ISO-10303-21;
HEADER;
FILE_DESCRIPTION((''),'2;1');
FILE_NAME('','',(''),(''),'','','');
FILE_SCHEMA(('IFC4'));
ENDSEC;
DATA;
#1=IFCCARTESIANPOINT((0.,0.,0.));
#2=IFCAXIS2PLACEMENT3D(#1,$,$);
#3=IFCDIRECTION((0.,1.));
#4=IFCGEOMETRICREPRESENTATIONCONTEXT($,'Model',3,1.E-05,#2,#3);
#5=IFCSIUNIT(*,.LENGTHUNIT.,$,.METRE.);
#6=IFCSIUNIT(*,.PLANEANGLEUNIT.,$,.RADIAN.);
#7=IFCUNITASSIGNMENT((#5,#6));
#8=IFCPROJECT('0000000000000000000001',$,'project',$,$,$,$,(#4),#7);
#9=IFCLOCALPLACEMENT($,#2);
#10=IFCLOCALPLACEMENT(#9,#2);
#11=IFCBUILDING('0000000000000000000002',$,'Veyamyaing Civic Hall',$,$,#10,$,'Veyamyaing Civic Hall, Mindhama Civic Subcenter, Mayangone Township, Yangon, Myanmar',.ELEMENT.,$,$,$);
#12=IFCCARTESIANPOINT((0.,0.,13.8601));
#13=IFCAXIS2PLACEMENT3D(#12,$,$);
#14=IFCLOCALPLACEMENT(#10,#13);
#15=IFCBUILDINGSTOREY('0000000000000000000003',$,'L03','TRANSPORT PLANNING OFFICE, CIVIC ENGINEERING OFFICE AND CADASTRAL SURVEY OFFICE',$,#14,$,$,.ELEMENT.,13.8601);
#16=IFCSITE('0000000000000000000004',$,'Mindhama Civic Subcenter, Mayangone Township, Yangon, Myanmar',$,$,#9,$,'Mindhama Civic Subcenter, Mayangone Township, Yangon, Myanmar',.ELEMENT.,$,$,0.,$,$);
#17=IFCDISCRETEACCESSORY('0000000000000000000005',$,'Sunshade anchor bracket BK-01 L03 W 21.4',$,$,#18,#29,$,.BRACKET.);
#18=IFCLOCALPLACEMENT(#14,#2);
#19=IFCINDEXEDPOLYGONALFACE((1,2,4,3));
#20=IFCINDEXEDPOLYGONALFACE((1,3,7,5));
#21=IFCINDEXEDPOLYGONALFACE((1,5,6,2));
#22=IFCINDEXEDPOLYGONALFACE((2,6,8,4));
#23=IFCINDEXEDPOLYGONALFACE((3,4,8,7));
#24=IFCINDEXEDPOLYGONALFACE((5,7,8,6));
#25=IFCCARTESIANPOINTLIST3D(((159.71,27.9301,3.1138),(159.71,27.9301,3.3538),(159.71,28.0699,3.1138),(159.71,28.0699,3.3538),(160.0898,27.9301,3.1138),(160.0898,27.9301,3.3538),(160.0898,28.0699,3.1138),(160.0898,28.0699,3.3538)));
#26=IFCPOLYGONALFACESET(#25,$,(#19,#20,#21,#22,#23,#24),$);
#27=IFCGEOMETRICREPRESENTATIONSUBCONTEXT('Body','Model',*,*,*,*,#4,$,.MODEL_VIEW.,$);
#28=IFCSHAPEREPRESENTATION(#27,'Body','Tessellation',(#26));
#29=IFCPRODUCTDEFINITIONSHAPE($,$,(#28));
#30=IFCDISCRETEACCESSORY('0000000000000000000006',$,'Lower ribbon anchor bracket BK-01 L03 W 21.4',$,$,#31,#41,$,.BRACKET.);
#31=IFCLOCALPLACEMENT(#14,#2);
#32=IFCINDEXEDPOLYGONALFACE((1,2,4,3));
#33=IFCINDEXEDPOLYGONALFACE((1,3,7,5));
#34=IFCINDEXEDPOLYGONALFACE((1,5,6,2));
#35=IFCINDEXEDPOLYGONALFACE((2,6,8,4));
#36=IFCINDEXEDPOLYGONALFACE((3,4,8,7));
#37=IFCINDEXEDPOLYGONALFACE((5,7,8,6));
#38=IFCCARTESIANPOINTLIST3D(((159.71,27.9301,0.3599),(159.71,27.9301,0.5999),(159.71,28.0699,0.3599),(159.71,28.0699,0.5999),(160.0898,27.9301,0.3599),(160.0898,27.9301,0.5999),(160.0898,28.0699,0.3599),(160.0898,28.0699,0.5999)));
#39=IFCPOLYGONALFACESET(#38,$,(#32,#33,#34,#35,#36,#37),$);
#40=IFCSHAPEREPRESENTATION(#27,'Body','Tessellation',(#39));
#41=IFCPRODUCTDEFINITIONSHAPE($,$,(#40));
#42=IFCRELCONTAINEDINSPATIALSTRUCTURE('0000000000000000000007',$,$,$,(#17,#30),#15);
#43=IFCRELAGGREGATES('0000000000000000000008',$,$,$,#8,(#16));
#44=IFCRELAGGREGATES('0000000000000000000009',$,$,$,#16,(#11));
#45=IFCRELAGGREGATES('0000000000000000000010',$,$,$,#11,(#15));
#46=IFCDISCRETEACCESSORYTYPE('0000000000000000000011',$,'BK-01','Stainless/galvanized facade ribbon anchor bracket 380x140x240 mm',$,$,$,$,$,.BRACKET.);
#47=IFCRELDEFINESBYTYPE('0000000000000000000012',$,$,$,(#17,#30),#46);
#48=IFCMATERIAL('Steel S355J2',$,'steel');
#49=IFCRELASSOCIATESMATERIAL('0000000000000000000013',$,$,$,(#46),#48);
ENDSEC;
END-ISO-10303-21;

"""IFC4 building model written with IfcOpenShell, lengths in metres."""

from ifc_helpers import new_model, si_unit, direction, frame, origin, origin_2d, place, context, subcontext, project, spatial, rectangle, extrude, material, type_object, element, save


model = new_model("IFC4")

# Units and contexts
model_context = context("Model", 3, precision=1e-05, world=origin(), true_north=direction((0.0, 1.0)))
body_context = subcontext(model_context, "Body", "Model", "MODEL_VIEW")
ifc_project = project(units=[si_unit("LENGTHUNIT", "METRE"), si_unit("PLANEANGLEUNIT", "RADIAN")], contexts=[model_context])

# Site, building, storey
site_placement = place(None, origin())
site = spatial("IfcSite", under=ifc_project, at=site_placement, Name="Mindhama Civic Subcenter, Mayangone Township, Yangon, Myanmar", LongName="Mindhama Civic Subcenter, Mayangone Township, Yangon, Myanmar", CompositionType="ELEMENT", RefElevation=0.0)
building_placement = place(site_placement, origin())
building = spatial("IfcBuilding", under=site, at=building_placement, Name="Veyamyaing Civic Hall", LongName="Veyamyaing Civic Hall, Mindhama Civic Subcenter, Mayangone Township, Yangon, Myanmar", CompositionType="ELEMENT")
storey_placement = place(building_placement, frame((0.0, 0.0, 13.8601)))
storey = spatial("IfcBuildingStorey", under=building, at=storey_placement, Name="L03", Description="TRANSPORT PLANNING OFFICE, CIVIC ENGINEERING OFFICE AND CADASTRAL SURVEY OFFICE", CompositionType="ELEMENT", Elevation=13.8601)

# Discrete accessories
ifc_material_1 = material(Name="Steel S355J2", Category="steel")
discrete_accessory_type = type_object("IfcDiscreteAccessoryType", Name="BK-01", Description="Stainless/galvanized facade ribbon anchor bracket 380x140x240 mm", PredefinedType="BRACKET", material=ifc_material_1)
for number, where, z_axis, x_axis, name in (
    (1, (159.8999, 28.0, 3.1138), (0.0, 0.0, 1.0), (-1.0, 0.0, 0.0), "Sunshade anchor bracket BK-01 L03 W 21.4"),
    (2, (159.8999, 28.0, 0.3599), (0.0, 0.0, 1.0), (-1.0, 0.0, 0.0), "Lower ribbon anchor bracket BK-01 L03 W 21.4"),
):
    element("IfcDiscreteAccessory", number, at=place(storey_placement, frame(where, z_axis=z_axis, x_axis=x_axis)), inside=storey, type_object=discrete_accessory_type, Name=name, PredefinedType="BRACKET", context=body_context, shape_type="SweptSolid", body=[
        extrude(rectangle(XDim=0.3799, YDim=0.1399, at=origin_2d()), origin(), (0.0, 0.0, 1.0), 0.24),
    ])

save(model, "model.ifc")
